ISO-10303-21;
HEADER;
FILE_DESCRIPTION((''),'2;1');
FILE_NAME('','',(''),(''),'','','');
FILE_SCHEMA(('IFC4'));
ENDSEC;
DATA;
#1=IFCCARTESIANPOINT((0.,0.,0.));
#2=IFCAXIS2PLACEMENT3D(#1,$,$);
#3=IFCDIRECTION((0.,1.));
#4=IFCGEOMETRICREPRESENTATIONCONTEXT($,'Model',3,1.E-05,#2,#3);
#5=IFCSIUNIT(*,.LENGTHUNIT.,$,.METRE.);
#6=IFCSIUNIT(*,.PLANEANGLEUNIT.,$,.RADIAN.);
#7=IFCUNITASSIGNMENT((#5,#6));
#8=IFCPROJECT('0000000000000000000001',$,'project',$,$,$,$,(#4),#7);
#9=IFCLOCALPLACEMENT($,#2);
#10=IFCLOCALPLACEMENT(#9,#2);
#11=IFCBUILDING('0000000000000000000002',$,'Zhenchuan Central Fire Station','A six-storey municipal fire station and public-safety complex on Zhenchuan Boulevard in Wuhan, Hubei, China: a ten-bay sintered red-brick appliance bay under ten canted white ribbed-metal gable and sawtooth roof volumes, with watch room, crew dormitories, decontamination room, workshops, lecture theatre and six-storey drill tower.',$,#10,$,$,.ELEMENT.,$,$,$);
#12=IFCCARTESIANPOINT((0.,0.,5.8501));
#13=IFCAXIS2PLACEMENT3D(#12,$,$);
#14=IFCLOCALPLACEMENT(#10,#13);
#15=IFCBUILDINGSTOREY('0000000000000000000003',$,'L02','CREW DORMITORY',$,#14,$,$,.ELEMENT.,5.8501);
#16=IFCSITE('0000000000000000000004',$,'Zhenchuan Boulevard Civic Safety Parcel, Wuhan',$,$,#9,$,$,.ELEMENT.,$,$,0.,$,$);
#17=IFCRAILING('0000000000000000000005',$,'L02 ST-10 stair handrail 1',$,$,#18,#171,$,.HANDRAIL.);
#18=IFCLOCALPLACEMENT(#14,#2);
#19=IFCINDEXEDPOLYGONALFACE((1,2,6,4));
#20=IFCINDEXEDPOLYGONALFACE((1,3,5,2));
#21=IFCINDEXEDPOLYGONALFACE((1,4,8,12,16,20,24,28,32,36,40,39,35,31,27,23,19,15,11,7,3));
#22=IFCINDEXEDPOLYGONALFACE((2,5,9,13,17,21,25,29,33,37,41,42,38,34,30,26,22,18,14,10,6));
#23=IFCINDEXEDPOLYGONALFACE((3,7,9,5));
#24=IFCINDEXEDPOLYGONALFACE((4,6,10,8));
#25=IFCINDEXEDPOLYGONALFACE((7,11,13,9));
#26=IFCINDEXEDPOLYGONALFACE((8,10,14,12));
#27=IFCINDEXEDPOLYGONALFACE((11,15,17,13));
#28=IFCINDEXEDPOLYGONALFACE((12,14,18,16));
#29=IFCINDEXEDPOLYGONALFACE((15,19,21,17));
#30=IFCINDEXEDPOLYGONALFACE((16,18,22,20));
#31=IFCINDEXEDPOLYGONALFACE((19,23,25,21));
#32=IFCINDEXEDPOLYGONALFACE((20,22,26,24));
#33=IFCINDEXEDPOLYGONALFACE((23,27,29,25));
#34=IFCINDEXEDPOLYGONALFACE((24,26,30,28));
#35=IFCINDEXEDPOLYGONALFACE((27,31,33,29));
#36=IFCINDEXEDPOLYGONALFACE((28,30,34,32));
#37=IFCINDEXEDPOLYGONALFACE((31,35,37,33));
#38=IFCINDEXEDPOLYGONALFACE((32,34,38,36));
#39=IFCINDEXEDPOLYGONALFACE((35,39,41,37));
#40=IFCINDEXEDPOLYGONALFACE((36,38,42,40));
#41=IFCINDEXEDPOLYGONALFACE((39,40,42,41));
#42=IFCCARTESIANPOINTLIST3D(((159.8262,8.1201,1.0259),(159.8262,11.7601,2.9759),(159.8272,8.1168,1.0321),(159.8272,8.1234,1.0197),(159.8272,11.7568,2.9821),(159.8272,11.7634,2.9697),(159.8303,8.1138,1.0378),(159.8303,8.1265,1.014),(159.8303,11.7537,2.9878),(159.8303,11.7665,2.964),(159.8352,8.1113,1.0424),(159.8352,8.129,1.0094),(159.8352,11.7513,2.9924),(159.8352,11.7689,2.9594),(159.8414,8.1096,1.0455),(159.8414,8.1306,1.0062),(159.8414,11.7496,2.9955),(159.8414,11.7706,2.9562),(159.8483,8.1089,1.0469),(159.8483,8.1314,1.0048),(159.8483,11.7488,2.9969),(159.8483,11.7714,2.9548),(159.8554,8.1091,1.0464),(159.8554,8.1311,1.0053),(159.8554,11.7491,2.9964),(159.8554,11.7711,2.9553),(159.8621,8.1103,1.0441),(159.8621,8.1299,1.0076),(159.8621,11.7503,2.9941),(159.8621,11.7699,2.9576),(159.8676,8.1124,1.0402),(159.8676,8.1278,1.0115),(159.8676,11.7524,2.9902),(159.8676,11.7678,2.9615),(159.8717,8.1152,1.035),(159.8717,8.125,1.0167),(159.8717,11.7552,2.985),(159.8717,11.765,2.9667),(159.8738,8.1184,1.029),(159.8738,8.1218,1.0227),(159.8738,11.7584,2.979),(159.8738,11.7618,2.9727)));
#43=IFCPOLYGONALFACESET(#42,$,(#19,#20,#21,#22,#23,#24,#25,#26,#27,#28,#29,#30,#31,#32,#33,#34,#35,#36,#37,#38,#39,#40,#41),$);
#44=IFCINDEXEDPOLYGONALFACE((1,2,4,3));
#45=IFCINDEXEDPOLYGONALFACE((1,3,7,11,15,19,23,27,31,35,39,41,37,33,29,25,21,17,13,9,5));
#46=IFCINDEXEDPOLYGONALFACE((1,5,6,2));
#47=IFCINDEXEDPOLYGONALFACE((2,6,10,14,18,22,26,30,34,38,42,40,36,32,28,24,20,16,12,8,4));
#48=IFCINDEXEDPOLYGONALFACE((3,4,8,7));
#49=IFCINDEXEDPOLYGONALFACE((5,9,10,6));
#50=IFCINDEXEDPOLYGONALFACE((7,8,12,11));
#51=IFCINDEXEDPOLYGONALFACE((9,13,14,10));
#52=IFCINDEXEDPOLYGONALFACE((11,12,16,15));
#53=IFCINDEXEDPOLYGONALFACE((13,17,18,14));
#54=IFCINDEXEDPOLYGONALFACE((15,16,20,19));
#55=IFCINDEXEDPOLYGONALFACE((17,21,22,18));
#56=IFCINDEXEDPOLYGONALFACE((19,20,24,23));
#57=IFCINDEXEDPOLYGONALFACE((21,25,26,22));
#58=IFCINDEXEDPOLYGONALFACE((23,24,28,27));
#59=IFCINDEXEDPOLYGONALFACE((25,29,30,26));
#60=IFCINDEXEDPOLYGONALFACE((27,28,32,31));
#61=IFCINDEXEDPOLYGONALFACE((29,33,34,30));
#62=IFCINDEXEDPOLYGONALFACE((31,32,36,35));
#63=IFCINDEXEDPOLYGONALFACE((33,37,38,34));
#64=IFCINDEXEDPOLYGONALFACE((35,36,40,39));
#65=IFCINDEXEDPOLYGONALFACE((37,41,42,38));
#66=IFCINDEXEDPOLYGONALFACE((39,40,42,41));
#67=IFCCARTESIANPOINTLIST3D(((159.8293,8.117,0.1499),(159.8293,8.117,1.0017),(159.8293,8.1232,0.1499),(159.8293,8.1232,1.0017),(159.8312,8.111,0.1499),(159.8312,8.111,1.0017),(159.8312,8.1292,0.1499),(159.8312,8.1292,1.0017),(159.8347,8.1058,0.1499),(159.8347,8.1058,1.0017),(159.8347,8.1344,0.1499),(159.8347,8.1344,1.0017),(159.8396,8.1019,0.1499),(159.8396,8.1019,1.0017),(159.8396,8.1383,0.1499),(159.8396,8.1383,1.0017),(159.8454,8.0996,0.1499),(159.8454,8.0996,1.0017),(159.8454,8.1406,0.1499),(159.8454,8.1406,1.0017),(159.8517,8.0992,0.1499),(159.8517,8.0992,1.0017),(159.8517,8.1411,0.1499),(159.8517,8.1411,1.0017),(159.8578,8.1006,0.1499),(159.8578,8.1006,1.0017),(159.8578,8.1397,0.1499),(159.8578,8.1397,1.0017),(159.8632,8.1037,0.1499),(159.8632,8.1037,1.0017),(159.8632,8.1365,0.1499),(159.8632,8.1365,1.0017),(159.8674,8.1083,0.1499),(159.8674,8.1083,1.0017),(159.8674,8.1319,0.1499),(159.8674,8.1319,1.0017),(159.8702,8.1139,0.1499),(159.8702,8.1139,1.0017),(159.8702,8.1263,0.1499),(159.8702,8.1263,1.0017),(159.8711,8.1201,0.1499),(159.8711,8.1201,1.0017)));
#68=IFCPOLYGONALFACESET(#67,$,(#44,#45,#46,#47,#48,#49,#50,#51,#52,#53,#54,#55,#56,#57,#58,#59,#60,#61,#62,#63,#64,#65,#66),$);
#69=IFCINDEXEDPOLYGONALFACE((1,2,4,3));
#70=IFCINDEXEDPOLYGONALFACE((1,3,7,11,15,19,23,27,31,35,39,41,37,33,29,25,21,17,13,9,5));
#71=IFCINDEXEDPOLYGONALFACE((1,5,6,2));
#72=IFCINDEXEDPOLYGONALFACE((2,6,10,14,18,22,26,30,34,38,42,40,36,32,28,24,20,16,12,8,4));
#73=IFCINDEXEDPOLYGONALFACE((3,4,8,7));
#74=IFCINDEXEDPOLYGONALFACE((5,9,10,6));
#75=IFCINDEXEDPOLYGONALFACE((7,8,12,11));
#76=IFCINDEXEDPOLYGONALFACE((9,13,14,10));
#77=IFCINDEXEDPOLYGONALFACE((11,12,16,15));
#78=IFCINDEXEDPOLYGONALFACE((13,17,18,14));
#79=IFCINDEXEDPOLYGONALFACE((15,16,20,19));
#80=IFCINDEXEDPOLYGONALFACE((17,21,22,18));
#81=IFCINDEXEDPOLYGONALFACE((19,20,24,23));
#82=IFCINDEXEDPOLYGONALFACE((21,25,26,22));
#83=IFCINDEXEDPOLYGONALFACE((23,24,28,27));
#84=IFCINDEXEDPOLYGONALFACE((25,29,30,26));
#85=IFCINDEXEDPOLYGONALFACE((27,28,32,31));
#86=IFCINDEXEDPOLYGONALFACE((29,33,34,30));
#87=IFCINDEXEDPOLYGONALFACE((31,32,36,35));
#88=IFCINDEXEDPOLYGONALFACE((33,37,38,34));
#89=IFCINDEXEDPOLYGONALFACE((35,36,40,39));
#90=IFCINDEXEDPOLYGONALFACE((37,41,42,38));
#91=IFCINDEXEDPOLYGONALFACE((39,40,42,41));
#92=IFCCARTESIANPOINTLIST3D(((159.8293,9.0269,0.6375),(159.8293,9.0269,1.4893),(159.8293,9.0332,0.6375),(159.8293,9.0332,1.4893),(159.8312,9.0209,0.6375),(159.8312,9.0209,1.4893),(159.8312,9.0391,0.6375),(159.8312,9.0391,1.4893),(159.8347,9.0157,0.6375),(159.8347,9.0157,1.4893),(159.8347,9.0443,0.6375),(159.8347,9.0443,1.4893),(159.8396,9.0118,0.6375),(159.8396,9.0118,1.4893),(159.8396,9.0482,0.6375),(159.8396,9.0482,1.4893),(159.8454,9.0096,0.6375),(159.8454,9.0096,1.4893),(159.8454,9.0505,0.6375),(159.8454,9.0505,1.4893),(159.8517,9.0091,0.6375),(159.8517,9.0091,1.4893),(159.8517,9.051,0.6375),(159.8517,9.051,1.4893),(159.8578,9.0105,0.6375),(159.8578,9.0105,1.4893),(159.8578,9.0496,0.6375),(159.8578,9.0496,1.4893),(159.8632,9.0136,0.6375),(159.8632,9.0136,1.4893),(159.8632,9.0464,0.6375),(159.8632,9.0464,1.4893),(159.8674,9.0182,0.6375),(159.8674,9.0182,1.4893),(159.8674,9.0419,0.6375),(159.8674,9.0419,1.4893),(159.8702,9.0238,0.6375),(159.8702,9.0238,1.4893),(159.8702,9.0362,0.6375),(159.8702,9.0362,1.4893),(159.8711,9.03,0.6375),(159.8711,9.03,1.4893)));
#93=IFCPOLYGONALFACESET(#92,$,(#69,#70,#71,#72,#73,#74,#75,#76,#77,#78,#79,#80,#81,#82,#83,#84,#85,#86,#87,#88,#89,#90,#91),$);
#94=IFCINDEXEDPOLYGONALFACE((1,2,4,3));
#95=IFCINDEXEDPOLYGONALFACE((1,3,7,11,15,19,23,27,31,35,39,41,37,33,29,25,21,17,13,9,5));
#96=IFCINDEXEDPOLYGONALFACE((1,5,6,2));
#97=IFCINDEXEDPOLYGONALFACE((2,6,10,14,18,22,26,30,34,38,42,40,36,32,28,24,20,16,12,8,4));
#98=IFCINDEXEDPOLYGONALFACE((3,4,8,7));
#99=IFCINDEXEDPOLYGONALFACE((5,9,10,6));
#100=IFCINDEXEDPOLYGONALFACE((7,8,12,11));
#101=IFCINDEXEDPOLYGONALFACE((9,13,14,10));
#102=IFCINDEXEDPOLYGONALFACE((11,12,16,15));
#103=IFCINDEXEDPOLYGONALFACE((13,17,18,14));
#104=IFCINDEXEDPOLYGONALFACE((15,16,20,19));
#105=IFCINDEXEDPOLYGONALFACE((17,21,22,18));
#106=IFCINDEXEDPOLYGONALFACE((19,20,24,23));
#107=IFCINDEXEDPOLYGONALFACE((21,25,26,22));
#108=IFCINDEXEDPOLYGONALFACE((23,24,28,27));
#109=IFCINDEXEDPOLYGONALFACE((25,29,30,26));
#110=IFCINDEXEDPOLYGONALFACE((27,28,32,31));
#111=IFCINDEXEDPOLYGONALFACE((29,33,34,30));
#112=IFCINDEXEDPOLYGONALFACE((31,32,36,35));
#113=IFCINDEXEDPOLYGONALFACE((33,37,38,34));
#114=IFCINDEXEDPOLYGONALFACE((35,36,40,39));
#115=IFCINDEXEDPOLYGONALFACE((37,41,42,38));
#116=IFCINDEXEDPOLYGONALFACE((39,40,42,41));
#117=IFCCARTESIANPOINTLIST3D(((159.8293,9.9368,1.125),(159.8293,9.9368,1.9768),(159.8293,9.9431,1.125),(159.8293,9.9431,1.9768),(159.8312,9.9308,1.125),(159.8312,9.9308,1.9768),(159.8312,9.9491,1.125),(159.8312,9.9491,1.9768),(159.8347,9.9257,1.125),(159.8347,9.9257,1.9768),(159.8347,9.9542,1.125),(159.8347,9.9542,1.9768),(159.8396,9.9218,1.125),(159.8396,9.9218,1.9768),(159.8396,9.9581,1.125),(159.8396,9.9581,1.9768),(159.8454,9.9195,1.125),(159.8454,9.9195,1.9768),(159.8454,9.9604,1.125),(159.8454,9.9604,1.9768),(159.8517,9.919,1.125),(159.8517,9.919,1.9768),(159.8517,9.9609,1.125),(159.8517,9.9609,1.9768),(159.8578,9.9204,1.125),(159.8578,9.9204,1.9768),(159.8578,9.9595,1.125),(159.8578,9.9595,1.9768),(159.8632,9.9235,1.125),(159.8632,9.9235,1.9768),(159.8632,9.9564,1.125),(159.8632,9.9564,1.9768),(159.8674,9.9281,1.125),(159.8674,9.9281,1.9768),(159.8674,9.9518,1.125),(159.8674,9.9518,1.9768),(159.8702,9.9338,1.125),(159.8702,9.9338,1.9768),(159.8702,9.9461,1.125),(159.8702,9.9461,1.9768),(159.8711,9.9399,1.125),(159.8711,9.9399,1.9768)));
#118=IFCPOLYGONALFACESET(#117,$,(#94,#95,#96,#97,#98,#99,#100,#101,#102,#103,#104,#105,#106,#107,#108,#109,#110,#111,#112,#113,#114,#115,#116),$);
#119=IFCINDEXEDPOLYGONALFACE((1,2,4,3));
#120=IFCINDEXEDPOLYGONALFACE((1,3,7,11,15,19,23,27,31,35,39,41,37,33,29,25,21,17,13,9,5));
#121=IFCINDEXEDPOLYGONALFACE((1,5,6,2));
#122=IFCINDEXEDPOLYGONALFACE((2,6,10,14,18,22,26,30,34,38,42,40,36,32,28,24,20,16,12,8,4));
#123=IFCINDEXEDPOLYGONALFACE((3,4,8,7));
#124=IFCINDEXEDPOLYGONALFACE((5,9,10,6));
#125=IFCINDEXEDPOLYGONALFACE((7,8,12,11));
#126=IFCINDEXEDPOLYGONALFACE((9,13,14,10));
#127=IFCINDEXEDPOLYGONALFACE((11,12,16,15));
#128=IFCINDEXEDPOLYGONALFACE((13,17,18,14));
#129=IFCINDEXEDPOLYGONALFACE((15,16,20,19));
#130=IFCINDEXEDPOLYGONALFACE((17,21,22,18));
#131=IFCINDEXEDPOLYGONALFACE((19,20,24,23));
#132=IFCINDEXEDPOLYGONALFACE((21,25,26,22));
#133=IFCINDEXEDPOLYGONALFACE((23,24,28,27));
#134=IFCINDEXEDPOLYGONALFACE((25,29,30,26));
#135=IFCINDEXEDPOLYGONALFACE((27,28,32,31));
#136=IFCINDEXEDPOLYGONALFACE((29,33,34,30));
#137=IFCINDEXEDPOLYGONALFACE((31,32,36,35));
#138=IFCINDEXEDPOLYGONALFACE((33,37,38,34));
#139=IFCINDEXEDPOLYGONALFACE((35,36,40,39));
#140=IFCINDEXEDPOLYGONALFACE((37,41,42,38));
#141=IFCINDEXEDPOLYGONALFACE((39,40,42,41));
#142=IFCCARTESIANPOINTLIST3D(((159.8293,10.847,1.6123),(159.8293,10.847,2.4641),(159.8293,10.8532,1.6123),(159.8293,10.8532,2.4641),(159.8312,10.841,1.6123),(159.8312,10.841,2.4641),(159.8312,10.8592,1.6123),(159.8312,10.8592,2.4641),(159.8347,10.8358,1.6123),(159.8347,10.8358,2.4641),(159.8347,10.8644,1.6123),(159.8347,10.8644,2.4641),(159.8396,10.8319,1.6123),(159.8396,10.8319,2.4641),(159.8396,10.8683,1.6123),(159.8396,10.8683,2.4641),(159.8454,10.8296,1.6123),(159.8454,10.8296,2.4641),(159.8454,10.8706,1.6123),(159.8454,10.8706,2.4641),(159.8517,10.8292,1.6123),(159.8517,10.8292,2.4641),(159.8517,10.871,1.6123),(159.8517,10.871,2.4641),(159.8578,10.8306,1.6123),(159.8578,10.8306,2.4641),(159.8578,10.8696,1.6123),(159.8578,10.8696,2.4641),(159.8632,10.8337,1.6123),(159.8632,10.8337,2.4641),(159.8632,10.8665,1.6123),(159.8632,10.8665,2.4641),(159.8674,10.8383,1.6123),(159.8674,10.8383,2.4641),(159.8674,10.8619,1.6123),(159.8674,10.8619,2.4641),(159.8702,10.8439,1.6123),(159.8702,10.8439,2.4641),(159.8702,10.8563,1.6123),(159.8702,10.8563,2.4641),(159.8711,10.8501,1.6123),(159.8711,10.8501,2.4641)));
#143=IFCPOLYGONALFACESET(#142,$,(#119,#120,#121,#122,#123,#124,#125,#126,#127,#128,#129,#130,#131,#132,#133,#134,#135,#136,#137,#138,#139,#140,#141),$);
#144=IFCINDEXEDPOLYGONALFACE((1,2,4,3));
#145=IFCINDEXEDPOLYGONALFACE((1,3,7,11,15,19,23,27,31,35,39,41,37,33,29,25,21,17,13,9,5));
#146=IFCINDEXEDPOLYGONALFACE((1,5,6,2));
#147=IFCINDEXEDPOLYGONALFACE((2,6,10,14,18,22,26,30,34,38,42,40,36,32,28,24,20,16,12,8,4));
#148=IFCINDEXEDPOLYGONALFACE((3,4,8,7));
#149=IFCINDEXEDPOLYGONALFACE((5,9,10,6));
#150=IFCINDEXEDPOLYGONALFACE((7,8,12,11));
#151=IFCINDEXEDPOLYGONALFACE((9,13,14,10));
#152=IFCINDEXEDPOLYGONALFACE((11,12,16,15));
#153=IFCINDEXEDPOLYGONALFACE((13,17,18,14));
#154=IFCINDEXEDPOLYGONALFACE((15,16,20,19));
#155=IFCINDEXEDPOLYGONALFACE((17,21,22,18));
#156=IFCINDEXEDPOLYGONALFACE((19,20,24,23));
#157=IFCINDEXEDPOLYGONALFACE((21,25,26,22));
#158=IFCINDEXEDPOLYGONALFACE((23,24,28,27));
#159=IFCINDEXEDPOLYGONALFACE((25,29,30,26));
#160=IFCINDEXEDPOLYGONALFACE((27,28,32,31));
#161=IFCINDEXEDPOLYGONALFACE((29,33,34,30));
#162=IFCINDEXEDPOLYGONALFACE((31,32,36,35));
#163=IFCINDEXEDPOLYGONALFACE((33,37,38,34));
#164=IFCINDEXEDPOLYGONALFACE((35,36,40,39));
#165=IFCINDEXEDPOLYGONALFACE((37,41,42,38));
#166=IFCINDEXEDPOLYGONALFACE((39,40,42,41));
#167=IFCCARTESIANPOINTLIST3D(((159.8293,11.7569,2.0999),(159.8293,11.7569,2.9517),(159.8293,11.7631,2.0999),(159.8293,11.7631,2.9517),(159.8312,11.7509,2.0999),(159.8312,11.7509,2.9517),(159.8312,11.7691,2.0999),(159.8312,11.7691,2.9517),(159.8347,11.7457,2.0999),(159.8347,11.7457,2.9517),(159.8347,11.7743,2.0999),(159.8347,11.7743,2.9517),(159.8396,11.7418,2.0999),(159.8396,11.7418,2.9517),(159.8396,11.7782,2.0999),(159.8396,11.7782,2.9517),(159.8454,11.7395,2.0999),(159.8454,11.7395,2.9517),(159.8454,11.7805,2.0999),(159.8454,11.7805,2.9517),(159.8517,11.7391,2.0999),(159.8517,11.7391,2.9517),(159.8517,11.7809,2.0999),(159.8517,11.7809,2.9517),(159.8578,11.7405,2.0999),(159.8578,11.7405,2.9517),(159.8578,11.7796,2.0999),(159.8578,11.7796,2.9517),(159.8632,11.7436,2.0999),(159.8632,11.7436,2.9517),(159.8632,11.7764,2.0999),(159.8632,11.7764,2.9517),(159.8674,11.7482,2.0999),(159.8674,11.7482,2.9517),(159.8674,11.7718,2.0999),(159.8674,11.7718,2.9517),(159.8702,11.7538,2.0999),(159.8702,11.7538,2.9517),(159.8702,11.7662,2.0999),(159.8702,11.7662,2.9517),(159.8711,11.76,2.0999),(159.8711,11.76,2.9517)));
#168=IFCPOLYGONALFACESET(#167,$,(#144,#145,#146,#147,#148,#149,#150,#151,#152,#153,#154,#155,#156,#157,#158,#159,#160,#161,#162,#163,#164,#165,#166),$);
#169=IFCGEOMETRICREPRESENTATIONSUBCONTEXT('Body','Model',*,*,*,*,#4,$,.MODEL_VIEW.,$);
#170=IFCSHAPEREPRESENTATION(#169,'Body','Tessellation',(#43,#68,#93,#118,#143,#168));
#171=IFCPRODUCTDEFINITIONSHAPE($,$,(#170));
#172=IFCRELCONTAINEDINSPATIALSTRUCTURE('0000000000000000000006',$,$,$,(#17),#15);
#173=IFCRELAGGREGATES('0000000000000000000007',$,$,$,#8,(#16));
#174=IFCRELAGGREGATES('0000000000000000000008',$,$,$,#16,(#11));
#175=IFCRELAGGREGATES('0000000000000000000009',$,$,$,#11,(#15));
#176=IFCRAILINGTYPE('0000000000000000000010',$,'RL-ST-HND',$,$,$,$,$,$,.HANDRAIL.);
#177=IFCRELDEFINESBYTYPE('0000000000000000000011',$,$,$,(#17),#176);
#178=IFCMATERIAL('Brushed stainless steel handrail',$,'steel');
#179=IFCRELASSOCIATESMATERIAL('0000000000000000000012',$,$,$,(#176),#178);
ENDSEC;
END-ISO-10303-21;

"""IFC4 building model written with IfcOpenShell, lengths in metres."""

from ifc_helpers import new_model, si_unit, direction, frame, origin, origin_2d, place, context, subcontext, project, spatial, circle, extrude, material, type_object, element, save


model = new_model("IFC4")

# Units and contexts
model_context = context("Model", 3, precision=1e-05, world=origin(), true_north=direction((0.0, 1.0)))
body_context = subcontext(model_context, "Body", "Model", "MODEL_VIEW")
ifc_project = project(units=[si_unit("LENGTHUNIT", "METRE"), si_unit("PLANEANGLEUNIT", "RADIAN")], contexts=[model_context])

# Site, building, storey
site_placement = place(None, origin())
site = spatial("IfcSite", under=ifc_project, at=site_placement, Name="Zhenchuan Boulevard Civic Safety Parcel, Wuhan", CompositionType="ELEMENT", RefElevation=0.0)
building_placement = place(site_placement, origin())
building = spatial("IfcBuilding", under=site, at=building_placement, Name="Zhenchuan Central Fire Station", Description="A six-storey municipal fire station and public-safety complex on Zhenchuan Boulevard in Wuhan, Hubei, China: a ten-bay sintered red-brick appliance bay under ten canted white ribbed-metal gable and sawtooth roof volumes, with watch room, crew dormitories, decontamination room, workshops, lecture theatre and six-storey drill tower.", CompositionType="ELEMENT")
storey_placement = place(building_placement, frame((0.0, 0.0, 5.8501)))
storey = spatial("IfcBuildingStorey", under=building, at=storey_placement, Name="L02", Description="CREW DORMITORY", CompositionType="ELEMENT", Elevation=5.8501)

# Railing
ifc_material_1 = material(Name="Brushed stainless steel handrail", Category="steel")
railing_type_1 = type_object("IfcRailingType", Name="RL-ST-HND", PredefinedType="HANDRAIL", material=ifc_material_1)
railing_1_placement = place(storey_placement, frame((159.8501, 8.1201, 0.1499)))
element("IfcRailing", 1, at=railing_1_placement, inside=storey, type_object=railing_type_1, Name="L02 ST-10 stair handrail 1", PredefinedType="HANDRAIL", context=body_context, shape_type="SweptSolid", body=[
    extrude(circle(Radius=0.0239, at=origin_2d()), frame((0.0, 0.0, 0.876), z_axis=(0.0, 0.881479, 0.472223), x_axis=(-1.0, 0.0, 0.0)), (0.0, 0.0, 1.0), 4.1294),
    extrude(circle(Radius=0.021, at=origin_2d()), origin(), (0.0, 0.0, 1.0), 0.8518),
    extrude(circle(Radius=0.021, at=origin_2d()), frame((0.0, 0.9099, 0.4875)), (0.0, 0.0, 1.0), 0.8518),
    extrude(circle(Radius=0.021, at=origin_2d()), frame((0.0, 1.8198, 0.9751)), (0.0, 0.0, 1.0), 0.8518),
    extrude(circle(Radius=0.021, at=origin_2d()), frame((0.0, 2.73, 1.4624)), (0.0, 0.0, 1.0), 0.8518),
    extrude(circle(Radius=0.021, at=origin_2d()), frame((0.0, 3.6399, 1.95)), (0.0, 0.0, 1.0), 0.8518),
])

save(model, "model.ifc")
